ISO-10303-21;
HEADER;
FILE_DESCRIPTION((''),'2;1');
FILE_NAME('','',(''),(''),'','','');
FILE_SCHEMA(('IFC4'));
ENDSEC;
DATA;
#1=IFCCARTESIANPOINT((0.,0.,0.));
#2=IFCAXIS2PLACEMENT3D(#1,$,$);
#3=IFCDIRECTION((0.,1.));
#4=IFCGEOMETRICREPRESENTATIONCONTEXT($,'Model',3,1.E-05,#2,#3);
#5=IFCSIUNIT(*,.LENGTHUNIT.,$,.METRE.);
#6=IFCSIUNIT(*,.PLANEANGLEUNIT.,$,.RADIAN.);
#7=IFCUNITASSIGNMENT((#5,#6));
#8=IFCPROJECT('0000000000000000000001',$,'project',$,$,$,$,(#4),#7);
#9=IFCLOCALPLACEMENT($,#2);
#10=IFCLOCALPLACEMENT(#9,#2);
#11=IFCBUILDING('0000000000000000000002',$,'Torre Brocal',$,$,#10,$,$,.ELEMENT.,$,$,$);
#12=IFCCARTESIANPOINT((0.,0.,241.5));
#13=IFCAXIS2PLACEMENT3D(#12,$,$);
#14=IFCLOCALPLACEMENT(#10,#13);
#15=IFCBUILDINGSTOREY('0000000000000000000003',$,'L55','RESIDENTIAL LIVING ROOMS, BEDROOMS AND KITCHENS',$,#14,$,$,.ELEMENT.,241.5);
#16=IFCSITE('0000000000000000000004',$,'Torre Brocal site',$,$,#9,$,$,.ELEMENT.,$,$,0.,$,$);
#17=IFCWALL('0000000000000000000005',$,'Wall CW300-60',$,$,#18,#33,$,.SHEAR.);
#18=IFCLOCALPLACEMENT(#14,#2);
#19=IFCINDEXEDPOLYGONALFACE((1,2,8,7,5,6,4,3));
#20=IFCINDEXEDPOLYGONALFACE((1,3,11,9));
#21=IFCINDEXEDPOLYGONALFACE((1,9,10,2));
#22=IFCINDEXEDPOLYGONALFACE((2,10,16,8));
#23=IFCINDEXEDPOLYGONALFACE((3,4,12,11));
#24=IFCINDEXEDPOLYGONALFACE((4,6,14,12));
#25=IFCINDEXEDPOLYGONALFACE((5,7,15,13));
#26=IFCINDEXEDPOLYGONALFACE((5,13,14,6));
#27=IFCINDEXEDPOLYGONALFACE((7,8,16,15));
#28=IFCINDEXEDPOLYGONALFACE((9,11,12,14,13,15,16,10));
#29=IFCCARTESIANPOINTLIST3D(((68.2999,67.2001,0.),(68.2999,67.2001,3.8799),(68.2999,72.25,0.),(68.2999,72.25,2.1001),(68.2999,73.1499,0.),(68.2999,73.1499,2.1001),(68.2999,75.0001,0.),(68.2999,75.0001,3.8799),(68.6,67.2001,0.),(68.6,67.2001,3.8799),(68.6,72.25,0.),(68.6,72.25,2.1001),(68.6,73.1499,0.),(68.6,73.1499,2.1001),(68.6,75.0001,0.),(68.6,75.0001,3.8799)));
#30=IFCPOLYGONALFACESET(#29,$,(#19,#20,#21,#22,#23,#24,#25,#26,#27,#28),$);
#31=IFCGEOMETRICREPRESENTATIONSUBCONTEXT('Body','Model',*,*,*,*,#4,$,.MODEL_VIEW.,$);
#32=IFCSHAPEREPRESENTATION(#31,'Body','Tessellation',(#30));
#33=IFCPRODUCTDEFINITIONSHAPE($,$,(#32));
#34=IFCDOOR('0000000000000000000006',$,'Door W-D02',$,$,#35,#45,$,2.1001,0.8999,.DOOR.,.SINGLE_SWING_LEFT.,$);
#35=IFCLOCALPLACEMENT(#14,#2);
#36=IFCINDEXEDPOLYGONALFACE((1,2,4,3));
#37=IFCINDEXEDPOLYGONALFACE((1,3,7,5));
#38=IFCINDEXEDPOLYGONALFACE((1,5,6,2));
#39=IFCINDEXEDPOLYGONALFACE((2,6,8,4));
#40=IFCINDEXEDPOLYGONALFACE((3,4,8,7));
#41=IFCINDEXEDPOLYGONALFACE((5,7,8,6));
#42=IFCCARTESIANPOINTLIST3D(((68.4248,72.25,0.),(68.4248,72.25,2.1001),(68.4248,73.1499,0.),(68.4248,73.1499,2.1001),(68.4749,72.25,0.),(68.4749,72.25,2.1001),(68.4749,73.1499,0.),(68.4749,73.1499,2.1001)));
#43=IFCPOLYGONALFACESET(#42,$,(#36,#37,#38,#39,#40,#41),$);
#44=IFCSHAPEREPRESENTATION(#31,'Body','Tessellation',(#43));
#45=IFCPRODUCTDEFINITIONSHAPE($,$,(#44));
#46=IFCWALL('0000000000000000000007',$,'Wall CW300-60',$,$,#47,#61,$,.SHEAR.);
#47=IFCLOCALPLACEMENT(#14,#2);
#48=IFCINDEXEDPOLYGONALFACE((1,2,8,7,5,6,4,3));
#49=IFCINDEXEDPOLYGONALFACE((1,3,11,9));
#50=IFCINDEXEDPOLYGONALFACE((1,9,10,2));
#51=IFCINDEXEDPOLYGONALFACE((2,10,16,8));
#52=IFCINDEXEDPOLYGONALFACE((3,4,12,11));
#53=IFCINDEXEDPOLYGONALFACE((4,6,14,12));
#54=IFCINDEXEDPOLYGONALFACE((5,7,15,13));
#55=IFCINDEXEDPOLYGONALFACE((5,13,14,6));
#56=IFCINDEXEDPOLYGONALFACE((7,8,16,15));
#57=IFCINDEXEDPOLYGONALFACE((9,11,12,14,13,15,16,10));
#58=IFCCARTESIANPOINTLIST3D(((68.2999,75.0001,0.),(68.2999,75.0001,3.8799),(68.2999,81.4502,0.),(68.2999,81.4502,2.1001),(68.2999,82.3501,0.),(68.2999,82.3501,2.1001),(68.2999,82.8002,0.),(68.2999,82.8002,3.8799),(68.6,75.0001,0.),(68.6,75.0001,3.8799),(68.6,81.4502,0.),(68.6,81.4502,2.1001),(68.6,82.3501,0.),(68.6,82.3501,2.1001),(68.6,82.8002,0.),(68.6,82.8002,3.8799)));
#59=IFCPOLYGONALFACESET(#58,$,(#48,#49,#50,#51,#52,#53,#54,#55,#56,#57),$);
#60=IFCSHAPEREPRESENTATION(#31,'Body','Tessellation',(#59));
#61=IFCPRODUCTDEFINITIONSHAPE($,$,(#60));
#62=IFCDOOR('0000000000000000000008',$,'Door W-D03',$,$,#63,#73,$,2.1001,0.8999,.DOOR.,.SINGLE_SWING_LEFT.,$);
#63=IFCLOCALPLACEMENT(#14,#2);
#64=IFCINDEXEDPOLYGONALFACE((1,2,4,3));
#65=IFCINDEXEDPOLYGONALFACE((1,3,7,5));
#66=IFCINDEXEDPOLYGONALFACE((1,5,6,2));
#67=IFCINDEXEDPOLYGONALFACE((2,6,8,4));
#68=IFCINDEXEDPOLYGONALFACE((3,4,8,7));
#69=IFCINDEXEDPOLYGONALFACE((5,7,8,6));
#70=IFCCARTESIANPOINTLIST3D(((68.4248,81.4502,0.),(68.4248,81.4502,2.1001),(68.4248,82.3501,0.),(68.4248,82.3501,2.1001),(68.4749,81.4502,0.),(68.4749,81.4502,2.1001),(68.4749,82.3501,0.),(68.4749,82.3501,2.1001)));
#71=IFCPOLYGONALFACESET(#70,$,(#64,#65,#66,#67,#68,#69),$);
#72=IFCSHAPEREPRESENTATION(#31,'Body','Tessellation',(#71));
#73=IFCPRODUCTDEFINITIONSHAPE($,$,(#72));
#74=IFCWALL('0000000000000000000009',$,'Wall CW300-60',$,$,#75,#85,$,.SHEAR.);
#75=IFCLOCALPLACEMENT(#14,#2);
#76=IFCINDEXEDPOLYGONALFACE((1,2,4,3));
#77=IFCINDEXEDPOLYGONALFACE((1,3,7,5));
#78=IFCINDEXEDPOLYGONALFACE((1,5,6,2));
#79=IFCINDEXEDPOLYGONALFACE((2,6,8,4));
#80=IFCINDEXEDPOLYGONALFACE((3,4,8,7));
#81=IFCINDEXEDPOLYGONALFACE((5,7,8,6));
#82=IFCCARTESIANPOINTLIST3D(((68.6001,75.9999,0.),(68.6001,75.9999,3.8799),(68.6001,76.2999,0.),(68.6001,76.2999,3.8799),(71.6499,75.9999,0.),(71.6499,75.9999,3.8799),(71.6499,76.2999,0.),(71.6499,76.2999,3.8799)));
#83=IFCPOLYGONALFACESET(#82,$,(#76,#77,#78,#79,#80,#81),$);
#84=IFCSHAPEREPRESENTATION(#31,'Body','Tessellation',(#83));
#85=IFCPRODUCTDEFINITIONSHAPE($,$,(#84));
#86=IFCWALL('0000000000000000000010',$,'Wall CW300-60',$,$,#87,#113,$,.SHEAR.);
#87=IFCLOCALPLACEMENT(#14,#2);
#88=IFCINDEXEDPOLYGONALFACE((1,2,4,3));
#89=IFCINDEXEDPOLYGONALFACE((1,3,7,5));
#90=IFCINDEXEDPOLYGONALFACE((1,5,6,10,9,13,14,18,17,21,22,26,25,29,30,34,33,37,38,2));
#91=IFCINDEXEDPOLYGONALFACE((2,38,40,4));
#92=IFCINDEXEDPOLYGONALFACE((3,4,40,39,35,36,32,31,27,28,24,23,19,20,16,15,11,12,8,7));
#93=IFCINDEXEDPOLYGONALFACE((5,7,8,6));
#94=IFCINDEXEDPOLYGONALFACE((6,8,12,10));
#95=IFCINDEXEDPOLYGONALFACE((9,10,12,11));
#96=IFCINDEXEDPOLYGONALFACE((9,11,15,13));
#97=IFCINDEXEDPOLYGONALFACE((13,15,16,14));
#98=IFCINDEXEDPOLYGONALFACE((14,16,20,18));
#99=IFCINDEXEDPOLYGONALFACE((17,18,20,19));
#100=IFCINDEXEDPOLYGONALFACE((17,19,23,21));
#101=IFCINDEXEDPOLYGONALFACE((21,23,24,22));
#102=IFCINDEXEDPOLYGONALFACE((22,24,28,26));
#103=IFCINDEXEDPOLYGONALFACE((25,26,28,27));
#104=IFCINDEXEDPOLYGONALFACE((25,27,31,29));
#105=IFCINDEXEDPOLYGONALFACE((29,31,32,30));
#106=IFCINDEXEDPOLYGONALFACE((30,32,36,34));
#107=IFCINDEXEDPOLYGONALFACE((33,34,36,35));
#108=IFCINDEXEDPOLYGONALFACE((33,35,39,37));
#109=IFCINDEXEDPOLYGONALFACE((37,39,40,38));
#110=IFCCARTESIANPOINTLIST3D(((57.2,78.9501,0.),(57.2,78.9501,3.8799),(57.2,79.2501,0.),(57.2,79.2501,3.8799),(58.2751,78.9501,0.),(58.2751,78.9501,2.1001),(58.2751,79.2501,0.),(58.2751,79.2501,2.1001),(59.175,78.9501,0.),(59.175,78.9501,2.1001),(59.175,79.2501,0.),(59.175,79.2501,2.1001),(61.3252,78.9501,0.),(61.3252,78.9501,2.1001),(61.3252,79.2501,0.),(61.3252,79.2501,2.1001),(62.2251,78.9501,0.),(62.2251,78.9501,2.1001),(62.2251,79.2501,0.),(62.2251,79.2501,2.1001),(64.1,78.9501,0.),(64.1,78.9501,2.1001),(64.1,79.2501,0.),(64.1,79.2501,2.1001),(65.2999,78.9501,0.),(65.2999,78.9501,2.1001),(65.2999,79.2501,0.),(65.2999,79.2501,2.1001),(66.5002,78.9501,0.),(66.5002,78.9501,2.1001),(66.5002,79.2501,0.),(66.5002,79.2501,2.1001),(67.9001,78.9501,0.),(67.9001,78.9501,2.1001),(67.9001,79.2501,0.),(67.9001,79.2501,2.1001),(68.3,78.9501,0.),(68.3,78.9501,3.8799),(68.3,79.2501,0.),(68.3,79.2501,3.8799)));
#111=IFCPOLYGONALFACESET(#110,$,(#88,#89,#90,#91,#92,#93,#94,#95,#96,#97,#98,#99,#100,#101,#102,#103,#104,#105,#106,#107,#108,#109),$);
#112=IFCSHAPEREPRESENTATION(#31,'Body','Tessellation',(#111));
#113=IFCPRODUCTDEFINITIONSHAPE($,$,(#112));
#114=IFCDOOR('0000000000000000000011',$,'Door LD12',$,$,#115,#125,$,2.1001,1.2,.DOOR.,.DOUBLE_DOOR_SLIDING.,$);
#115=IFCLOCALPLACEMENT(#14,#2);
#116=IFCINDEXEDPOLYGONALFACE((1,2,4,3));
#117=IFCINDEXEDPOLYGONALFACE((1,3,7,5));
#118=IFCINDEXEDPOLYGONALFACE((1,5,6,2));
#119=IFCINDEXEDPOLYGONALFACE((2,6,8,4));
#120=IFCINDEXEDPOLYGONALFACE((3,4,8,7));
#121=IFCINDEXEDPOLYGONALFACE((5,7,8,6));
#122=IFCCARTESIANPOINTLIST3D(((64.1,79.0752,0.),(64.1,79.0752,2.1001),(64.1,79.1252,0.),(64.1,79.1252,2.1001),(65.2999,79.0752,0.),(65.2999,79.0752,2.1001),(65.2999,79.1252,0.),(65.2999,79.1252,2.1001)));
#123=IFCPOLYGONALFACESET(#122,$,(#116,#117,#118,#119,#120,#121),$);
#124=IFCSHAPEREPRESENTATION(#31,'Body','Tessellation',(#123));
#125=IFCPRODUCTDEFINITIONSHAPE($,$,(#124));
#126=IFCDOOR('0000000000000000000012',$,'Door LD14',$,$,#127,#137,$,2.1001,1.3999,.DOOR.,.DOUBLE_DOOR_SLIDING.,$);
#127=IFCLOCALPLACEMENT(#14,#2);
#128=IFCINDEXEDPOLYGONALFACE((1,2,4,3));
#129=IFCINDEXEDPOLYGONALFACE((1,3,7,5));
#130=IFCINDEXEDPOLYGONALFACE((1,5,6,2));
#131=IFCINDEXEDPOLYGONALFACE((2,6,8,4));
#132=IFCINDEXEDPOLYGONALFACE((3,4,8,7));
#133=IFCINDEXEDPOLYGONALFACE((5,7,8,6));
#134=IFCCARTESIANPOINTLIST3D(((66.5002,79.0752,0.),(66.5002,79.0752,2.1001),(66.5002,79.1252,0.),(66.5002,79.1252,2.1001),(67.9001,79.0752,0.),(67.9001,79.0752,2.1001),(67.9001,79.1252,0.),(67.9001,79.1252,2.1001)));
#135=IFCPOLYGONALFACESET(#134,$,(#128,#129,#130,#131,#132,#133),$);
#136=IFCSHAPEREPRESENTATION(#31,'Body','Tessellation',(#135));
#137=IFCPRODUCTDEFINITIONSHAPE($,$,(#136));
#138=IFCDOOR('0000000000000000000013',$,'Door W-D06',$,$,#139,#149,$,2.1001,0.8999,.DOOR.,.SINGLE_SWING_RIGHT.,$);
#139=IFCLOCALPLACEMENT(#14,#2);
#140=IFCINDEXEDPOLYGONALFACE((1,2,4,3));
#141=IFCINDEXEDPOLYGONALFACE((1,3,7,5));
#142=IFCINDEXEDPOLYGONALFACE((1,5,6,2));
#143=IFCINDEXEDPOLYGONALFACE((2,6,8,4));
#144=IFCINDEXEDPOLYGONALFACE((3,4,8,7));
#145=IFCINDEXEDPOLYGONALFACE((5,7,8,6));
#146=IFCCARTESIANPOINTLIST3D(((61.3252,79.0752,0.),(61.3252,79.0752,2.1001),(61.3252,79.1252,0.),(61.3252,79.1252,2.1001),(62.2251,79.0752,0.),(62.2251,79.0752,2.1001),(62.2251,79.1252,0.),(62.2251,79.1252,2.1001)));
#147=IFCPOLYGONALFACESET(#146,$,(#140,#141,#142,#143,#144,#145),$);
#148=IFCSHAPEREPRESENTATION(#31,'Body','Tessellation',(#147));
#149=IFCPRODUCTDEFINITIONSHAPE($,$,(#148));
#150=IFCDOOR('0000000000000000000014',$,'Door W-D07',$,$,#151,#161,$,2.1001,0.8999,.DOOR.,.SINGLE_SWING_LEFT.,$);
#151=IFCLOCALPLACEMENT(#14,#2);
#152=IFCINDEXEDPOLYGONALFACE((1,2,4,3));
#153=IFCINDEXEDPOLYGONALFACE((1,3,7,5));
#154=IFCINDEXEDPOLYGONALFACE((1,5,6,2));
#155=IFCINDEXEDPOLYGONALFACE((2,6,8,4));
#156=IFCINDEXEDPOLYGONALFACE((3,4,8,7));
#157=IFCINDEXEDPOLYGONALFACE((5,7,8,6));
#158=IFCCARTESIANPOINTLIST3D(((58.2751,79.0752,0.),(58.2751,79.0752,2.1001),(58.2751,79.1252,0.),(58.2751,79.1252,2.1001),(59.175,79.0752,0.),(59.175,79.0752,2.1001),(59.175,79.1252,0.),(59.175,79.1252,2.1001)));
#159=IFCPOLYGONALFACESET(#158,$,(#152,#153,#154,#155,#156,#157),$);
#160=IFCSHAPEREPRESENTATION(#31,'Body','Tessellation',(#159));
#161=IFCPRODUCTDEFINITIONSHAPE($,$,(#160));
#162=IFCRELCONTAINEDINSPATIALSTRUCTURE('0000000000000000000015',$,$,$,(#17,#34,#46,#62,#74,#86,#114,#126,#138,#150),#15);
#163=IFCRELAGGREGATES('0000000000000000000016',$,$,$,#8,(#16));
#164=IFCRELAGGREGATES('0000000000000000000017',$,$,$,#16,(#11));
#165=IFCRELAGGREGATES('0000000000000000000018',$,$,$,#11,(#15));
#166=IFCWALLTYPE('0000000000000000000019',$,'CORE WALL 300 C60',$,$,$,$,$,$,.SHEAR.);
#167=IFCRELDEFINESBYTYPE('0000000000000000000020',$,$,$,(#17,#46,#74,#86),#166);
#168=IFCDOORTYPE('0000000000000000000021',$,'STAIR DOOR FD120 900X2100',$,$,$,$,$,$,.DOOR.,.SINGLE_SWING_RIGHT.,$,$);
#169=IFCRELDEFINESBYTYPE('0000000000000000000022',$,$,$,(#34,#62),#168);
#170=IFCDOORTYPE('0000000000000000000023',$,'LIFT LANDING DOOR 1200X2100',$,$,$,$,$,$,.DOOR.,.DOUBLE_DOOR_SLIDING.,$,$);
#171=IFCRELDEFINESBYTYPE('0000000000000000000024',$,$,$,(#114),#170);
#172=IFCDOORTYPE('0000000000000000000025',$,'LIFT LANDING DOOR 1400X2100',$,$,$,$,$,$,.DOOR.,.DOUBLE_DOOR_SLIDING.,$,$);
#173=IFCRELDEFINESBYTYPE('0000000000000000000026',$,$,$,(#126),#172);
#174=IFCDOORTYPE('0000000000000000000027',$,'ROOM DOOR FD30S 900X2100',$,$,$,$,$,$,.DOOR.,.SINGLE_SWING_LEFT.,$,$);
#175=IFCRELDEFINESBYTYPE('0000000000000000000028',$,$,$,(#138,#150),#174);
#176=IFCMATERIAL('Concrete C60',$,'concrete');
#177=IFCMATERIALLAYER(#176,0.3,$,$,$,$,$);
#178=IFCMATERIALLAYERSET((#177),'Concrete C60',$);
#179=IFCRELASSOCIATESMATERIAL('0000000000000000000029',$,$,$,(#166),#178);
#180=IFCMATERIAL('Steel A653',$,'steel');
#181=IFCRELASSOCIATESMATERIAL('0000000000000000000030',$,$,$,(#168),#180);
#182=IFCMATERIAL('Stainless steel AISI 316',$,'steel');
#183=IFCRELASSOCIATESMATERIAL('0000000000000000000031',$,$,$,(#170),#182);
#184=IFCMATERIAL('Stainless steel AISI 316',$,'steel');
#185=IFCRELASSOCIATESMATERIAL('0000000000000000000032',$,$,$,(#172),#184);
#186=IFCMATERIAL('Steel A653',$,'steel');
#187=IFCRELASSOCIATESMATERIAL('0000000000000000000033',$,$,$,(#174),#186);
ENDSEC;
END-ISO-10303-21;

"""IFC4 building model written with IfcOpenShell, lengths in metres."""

from ifc_helpers import new_model, si_unit, direction, frame, frame_2d, origin, place, context, subcontext, project, spatial, rectangle, extrude, material, layer, layer_set, type_object, element, fill, save


model = new_model("IFC4")

# Units and contexts
model_context = context("Model", 3, precision=1e-05, world=origin(), true_north=direction((0.0, 1.0)))
body_context = subcontext(model_context, "Body", "Model", "MODEL_VIEW")
ifc_project = project(units=[si_unit("LENGTHUNIT", "METRE"), si_unit("PLANEANGLEUNIT", "RADIAN")], contexts=[model_context])

# Site, building, storey
site_placement = place(None, origin())
site = spatial("IfcSite", under=ifc_project, at=site_placement, Name="Torre Brocal site", CompositionType="ELEMENT", RefElevation=0.0)
building_placement = place(site_placement, origin())
building = spatial("IfcBuilding", under=site, at=building_placement, Name="Torre Brocal", CompositionType="ELEMENT")
storey_placement = place(building_placement, frame((0.0, 0.0, 241.5)))
storey = spatial("IfcBuildingStorey", under=building, at=storey_placement, Name="L55", Description="RESIDENTIAL LIVING ROOMS, BEDROOMS AND KITCHENS", CompositionType="ELEMENT", Elevation=241.5)

# Walls, openings, doors
ifc_material_1 = material(Name="Concrete C60", Category="concrete")
ifc_layer_1 = layer(ifc_material_1, 0.3)
ifc_layer_set_1 = layer_set([ifc_layer_1], Name="Concrete C60")
wall_type_1 = type_object("IfcWallType", Name="CORE WALL 300 C60", PredefinedType="SHEAR", material=ifc_layer_set_1)
wall_1_placement = place(storey_placement, frame((68.45, 75.0, 0.0), z_axis=(0.0, 0.0, 1.0), x_axis=(0.0, -1.0, 0.0)))
wall_1 = element("IfcWall", 1, at=wall_1_placement, inside=storey, type_object=wall_type_1, Name="Wall CW300-60", PredefinedType="SHEAR", context=body_context, shape_type="SweptSolid", body=[
    extrude(rectangle(XDim=7.8, YDim=0.3, at=frame_2d((3.8999, 0.0))), origin(), (0.0, 0.0, 1.0), 3.8799),
])
opening_1_placement = place(wall_1_placement, frame((1.8501, 0.0, 0.0)))
opening_1 = element("IfcOpeningElement", 2, at=opening_1_placement, cuts=wall_1, PredefinedType="OPENING", context=body_context, shape_type="SweptSolid", body=[
    extrude(rectangle(XDim=0.8999, YDim=2.1001, at=frame_2d((0.45, 1.05))), frame((0.0, 0.1599, 0.0), z_axis=(0.0, -1.0, 0.0), x_axis=(1.0, 0.0, 0.0)), (0.0, 0.0, 1.0), 0.3201),
])
ifc_material_2 = material(Name="Steel A653", Category="steel")
door_type_1 = type_object("IfcDoorType", Name="STAIR DOOR FD120 900X2100", OperationType="SINGLE_SWING_RIGHT", PredefinedType="DOOR", material=ifc_material_2)
door_1_placement = place(opening_1_placement, origin())
door_1 = element("IfcDoor", 3, at=door_1_placement, inside=storey, type_object=door_type_1, Name="Door W-D02", OperationType="SINGLE_SWING_LEFT", OverallHeight=2.1001, OverallWidth=0.8999, PredefinedType="DOOR", context=body_context, shape_type="SweptSolid", body=[
    extrude(rectangle(XDim=0.8999, YDim=2.1001, at=frame_2d((0.45, 1.05))), frame((0.0, 0.0249, 0.0), z_axis=(0.0, -1.0, 0.0), x_axis=(1.0, 0.0, 0.0)), (0.0, 0.0, 1.0), 0.05),
])
fill(opening_1, door_1)
wall_2_placement = place(storey_placement, frame((68.45, 82.8, 0.0), z_axis=(0.0, 0.0, 1.0), x_axis=(0.0, -1.0, 0.0)))
wall_2 = element("IfcWall", 4, at=wall_2_placement, inside=storey, type_object=wall_type_1, Name="Wall CW300-60", PredefinedType="SHEAR", context=body_context, shape_type="SweptSolid", body=[
    extrude(rectangle(XDim=7.8, YDim=0.3, at=frame_2d((3.8999, 0.0))), origin(), (0.0, 0.0, 1.0), 3.8799),
])
opening_2_placement = place(wall_2_placement, frame((0.45, 0.0, 0.0)))
opening_2 = element("IfcOpeningElement", 5, at=opening_2_placement, cuts=wall_2, PredefinedType="OPENING", context=body_context, shape_type="SweptSolid", body=[
    extrude(rectangle(XDim=0.8999, YDim=2.1001, at=frame_2d((0.45, 1.05))), frame((0.0, 0.1599, 0.0), z_axis=(0.0, -1.0, 0.0), x_axis=(1.0, 0.0, 0.0)), (0.0, 0.0, 1.0), 0.3201),
])
door_2_placement = place(opening_2_placement, origin())
door_2 = element("IfcDoor", 6, at=door_2_placement, inside=storey, type_object=door_type_1, Name="Door W-D03", OperationType="SINGLE_SWING_LEFT", OverallHeight=2.1001, OverallWidth=0.8999, PredefinedType="DOOR", context=body_context, shape_type="SweptSolid", body=[
    extrude(rectangle(XDim=0.8999, YDim=2.1001, at=frame_2d((0.45, 1.05))), frame((0.0, 0.0249, 0.0), z_axis=(0.0, -1.0, 0.0), x_axis=(1.0, 0.0, 0.0)), (0.0, 0.0, 1.0), 0.05),
])
fill(opening_2, door_2)

# Wall
wall_3_placement = place(storey_placement, frame((71.6499, 76.1499, 0.0), z_axis=(0.0, 0.0, 1.0), x_axis=(-1.0, 0.0, 0.0)))
element("IfcWall", 7, at=wall_3_placement, inside=storey, type_object=wall_type_1, Name="Wall CW300-60", PredefinedType="SHEAR", context=body_context, shape_type="SweptSolid", body=[
    extrude(rectangle(XDim=3.0498, YDim=0.3, at=frame_2d((1.5249, 0.0))), origin(), (0.0, 0.0, 1.0), 3.8799),
])

# Wall, openings, doors
wall_4_placement = place(storey_placement, frame((68.3, 79.1001, 0.0), z_axis=(0.0, 0.0, 1.0), x_axis=(-1.0, 0.0, 0.0)))
wall_4 = element("IfcWall", 8, at=wall_4_placement, inside=storey, type_object=wall_type_1, Name="Wall CW300-60", PredefinedType="SHEAR", context=body_context, shape_type="SweptSolid", body=[
    extrude(rectangle(XDim=11.1001, YDim=0.3, at=frame_2d((5.55, 0.0))), origin(), (0.0, 0.0, 1.0), 3.8799),
])
opening_3_placement = place(wall_4_placement, frame((0.3999, 0.0, 0.0)))
opening_3 = element("IfcOpeningElement", 9, at=opening_3_placement, cuts=wall_4, PredefinedType="OPENING", context=body_context, shape_type="SweptSolid", body=[
    extrude(rectangle(XDim=1.3999, YDim=2.1001, at=frame_2d((0.7, 1.05))), frame((0.0, 0.1599, 0.0), z_axis=(0.0, -1.0, 0.0), x_axis=(1.0, 0.0, 0.0)), (0.0, 0.0, 1.0), 0.3201),
])
opening_4_placement = place(wall_4_placement, frame((3.0, 0.0, 0.0)))
opening_4 = element("IfcOpeningElement", 10, at=opening_4_placement, cuts=wall_4, PredefinedType="OPENING", context=body_context, shape_type="SweptSolid", body=[
    extrude(rectangle(XDim=1.2, YDim=2.1001, at=frame_2d((0.6001, 1.05))), frame((0.0, 0.1599, 0.0), z_axis=(0.0, -1.0, 0.0), x_axis=(1.0, 0.0, 0.0)), (0.0, 0.0, 1.0), 0.3201),
])
opening_5_placement = place(wall_4_placement, frame((6.075, 0.0, 0.0)))
opening_5 = element("IfcOpeningElement", 11, at=opening_5_placement, cuts=wall_4, PredefinedType="OPENING", context=body_context, shape_type="SweptSolid", body=[
    extrude(rectangle(XDim=0.8999, YDim=2.1001, at=frame_2d((0.45, 1.05))), frame((0.0, 0.1599, 0.0), z_axis=(0.0, -1.0, 0.0), x_axis=(1.0, 0.0, 0.0)), (0.0, 0.0, 1.0), 0.3201),
])
opening_6_placement = place(wall_4_placement, frame((9.125, 0.0, 0.0)))
opening_6 = element("IfcOpeningElement", 12, at=opening_6_placement, cuts=wall_4, PredefinedType="OPENING", context=body_context, shape_type="SweptSolid", body=[
    extrude(rectangle(XDim=0.8999, YDim=2.1001, at=frame_2d((0.45, 1.05))), frame((0.0, 0.1599, 0.0), z_axis=(0.0, -1.0, 0.0), x_axis=(1.0, 0.0, 0.0)), (0.0, 0.0, 1.0), 0.3201),
])
ifc_material_3 = material(Name="Stainless steel AISI 316", Category="steel")
door_type_2 = type_object("IfcDoorType", Name="LIFT LANDING DOOR 1200X2100", OperationType="DOUBLE_DOOR_SLIDING", PredefinedType="DOOR", material=ifc_material_3)
door_3_placement = place(opening_4_placement, origin())
door_3 = element("IfcDoor", 13, at=door_3_placement, inside=storey, type_object=door_type_2, Name="Door LD12", OperationType="DOUBLE_DOOR_SLIDING", OverallHeight=2.1001, OverallWidth=1.2, PredefinedType="DOOR", context=body_context, shape_type="SweptSolid", body=[
    extrude(rectangle(XDim=1.2, YDim=2.1001, at=frame_2d((0.6001, 1.05))), frame((0.0, 0.0249, 0.0), z_axis=(0.0, -1.0, 0.0), x_axis=(1.0, 0.0, 0.0)), (0.0, 0.0, 1.0), 0.05),
])
fill(opening_4, door_3)
ifc_material_4 = material(Name="Stainless steel AISI 316", Category="steel")
door_type_3 = type_object("IfcDoorType", Name="LIFT LANDING DOOR 1400X2100", OperationType="DOUBLE_DOOR_SLIDING", PredefinedType="DOOR", material=ifc_material_4)
door_4_placement = place(opening_3_placement, origin())
door_4 = element("IfcDoor", 14, at=door_4_placement, inside=storey, type_object=door_type_3, Name="Door LD14", OperationType="DOUBLE_DOOR_SLIDING", OverallHeight=2.1001, OverallWidth=1.3999, PredefinedType="DOOR", context=body_context, shape_type="SweptSolid", body=[
    extrude(rectangle(XDim=1.3999, YDim=2.1001, at=frame_2d((0.7, 1.05))), frame((0.0, 0.0249, 0.0), z_axis=(0.0, -1.0, 0.0), x_axis=(1.0, 0.0, 0.0)), (0.0, 0.0, 1.0), 0.05),
])
fill(opening_3, door_4)
ifc_material_5 = material(Name="Steel A653", Category="steel")
door_type_4 = type_object("IfcDoorType", Name="ROOM DOOR FD30S 900X2100", OperationType="SINGLE_SWING_LEFT", PredefinedType="DOOR", material=ifc_material_5)
door_5_placement = place(opening_5_placement, origin())
door_5 = element("IfcDoor", 15, at=door_5_placement, inside=storey, type_object=door_type_4, Name="Door W-D06", OperationType="SINGLE_SWING_RIGHT", OverallHeight=2.1001, OverallWidth=0.8999, PredefinedType="DOOR", context=body_context, shape_type="SweptSolid", body=[
    extrude(rectangle(XDim=0.8999, YDim=2.1001, at=frame_2d((0.45, 1.05))), frame((0.0, 0.0249, 0.0), z_axis=(0.0, -1.0, 0.0), x_axis=(1.0, 0.0, 0.0)), (0.0, 0.0, 1.0), 0.05),
])
fill(opening_5, door_5)
door_6_placement = place(opening_6_placement, origin())
door_6 = element("IfcDoor", 16, at=door_6_placement, inside=storey, type_object=door_type_4, Name="Door W-D07", OperationType="SINGLE_SWING_LEFT", OverallHeight=2.1001, OverallWidth=0.8999, PredefinedType="DOOR", context=body_context, shape_type="SweptSolid", body=[
    extrude(rectangle(XDim=0.8999, YDim=2.1001, at=frame_2d((0.45, 1.05))), frame((0.0, 0.0249, 0.0), z_axis=(0.0, -1.0, 0.0), x_axis=(1.0, 0.0, 0.0)), (0.0, 0.0, 1.0), 0.05),
])
fill(opening_6, door_6)

save(model, "model.ifc")
